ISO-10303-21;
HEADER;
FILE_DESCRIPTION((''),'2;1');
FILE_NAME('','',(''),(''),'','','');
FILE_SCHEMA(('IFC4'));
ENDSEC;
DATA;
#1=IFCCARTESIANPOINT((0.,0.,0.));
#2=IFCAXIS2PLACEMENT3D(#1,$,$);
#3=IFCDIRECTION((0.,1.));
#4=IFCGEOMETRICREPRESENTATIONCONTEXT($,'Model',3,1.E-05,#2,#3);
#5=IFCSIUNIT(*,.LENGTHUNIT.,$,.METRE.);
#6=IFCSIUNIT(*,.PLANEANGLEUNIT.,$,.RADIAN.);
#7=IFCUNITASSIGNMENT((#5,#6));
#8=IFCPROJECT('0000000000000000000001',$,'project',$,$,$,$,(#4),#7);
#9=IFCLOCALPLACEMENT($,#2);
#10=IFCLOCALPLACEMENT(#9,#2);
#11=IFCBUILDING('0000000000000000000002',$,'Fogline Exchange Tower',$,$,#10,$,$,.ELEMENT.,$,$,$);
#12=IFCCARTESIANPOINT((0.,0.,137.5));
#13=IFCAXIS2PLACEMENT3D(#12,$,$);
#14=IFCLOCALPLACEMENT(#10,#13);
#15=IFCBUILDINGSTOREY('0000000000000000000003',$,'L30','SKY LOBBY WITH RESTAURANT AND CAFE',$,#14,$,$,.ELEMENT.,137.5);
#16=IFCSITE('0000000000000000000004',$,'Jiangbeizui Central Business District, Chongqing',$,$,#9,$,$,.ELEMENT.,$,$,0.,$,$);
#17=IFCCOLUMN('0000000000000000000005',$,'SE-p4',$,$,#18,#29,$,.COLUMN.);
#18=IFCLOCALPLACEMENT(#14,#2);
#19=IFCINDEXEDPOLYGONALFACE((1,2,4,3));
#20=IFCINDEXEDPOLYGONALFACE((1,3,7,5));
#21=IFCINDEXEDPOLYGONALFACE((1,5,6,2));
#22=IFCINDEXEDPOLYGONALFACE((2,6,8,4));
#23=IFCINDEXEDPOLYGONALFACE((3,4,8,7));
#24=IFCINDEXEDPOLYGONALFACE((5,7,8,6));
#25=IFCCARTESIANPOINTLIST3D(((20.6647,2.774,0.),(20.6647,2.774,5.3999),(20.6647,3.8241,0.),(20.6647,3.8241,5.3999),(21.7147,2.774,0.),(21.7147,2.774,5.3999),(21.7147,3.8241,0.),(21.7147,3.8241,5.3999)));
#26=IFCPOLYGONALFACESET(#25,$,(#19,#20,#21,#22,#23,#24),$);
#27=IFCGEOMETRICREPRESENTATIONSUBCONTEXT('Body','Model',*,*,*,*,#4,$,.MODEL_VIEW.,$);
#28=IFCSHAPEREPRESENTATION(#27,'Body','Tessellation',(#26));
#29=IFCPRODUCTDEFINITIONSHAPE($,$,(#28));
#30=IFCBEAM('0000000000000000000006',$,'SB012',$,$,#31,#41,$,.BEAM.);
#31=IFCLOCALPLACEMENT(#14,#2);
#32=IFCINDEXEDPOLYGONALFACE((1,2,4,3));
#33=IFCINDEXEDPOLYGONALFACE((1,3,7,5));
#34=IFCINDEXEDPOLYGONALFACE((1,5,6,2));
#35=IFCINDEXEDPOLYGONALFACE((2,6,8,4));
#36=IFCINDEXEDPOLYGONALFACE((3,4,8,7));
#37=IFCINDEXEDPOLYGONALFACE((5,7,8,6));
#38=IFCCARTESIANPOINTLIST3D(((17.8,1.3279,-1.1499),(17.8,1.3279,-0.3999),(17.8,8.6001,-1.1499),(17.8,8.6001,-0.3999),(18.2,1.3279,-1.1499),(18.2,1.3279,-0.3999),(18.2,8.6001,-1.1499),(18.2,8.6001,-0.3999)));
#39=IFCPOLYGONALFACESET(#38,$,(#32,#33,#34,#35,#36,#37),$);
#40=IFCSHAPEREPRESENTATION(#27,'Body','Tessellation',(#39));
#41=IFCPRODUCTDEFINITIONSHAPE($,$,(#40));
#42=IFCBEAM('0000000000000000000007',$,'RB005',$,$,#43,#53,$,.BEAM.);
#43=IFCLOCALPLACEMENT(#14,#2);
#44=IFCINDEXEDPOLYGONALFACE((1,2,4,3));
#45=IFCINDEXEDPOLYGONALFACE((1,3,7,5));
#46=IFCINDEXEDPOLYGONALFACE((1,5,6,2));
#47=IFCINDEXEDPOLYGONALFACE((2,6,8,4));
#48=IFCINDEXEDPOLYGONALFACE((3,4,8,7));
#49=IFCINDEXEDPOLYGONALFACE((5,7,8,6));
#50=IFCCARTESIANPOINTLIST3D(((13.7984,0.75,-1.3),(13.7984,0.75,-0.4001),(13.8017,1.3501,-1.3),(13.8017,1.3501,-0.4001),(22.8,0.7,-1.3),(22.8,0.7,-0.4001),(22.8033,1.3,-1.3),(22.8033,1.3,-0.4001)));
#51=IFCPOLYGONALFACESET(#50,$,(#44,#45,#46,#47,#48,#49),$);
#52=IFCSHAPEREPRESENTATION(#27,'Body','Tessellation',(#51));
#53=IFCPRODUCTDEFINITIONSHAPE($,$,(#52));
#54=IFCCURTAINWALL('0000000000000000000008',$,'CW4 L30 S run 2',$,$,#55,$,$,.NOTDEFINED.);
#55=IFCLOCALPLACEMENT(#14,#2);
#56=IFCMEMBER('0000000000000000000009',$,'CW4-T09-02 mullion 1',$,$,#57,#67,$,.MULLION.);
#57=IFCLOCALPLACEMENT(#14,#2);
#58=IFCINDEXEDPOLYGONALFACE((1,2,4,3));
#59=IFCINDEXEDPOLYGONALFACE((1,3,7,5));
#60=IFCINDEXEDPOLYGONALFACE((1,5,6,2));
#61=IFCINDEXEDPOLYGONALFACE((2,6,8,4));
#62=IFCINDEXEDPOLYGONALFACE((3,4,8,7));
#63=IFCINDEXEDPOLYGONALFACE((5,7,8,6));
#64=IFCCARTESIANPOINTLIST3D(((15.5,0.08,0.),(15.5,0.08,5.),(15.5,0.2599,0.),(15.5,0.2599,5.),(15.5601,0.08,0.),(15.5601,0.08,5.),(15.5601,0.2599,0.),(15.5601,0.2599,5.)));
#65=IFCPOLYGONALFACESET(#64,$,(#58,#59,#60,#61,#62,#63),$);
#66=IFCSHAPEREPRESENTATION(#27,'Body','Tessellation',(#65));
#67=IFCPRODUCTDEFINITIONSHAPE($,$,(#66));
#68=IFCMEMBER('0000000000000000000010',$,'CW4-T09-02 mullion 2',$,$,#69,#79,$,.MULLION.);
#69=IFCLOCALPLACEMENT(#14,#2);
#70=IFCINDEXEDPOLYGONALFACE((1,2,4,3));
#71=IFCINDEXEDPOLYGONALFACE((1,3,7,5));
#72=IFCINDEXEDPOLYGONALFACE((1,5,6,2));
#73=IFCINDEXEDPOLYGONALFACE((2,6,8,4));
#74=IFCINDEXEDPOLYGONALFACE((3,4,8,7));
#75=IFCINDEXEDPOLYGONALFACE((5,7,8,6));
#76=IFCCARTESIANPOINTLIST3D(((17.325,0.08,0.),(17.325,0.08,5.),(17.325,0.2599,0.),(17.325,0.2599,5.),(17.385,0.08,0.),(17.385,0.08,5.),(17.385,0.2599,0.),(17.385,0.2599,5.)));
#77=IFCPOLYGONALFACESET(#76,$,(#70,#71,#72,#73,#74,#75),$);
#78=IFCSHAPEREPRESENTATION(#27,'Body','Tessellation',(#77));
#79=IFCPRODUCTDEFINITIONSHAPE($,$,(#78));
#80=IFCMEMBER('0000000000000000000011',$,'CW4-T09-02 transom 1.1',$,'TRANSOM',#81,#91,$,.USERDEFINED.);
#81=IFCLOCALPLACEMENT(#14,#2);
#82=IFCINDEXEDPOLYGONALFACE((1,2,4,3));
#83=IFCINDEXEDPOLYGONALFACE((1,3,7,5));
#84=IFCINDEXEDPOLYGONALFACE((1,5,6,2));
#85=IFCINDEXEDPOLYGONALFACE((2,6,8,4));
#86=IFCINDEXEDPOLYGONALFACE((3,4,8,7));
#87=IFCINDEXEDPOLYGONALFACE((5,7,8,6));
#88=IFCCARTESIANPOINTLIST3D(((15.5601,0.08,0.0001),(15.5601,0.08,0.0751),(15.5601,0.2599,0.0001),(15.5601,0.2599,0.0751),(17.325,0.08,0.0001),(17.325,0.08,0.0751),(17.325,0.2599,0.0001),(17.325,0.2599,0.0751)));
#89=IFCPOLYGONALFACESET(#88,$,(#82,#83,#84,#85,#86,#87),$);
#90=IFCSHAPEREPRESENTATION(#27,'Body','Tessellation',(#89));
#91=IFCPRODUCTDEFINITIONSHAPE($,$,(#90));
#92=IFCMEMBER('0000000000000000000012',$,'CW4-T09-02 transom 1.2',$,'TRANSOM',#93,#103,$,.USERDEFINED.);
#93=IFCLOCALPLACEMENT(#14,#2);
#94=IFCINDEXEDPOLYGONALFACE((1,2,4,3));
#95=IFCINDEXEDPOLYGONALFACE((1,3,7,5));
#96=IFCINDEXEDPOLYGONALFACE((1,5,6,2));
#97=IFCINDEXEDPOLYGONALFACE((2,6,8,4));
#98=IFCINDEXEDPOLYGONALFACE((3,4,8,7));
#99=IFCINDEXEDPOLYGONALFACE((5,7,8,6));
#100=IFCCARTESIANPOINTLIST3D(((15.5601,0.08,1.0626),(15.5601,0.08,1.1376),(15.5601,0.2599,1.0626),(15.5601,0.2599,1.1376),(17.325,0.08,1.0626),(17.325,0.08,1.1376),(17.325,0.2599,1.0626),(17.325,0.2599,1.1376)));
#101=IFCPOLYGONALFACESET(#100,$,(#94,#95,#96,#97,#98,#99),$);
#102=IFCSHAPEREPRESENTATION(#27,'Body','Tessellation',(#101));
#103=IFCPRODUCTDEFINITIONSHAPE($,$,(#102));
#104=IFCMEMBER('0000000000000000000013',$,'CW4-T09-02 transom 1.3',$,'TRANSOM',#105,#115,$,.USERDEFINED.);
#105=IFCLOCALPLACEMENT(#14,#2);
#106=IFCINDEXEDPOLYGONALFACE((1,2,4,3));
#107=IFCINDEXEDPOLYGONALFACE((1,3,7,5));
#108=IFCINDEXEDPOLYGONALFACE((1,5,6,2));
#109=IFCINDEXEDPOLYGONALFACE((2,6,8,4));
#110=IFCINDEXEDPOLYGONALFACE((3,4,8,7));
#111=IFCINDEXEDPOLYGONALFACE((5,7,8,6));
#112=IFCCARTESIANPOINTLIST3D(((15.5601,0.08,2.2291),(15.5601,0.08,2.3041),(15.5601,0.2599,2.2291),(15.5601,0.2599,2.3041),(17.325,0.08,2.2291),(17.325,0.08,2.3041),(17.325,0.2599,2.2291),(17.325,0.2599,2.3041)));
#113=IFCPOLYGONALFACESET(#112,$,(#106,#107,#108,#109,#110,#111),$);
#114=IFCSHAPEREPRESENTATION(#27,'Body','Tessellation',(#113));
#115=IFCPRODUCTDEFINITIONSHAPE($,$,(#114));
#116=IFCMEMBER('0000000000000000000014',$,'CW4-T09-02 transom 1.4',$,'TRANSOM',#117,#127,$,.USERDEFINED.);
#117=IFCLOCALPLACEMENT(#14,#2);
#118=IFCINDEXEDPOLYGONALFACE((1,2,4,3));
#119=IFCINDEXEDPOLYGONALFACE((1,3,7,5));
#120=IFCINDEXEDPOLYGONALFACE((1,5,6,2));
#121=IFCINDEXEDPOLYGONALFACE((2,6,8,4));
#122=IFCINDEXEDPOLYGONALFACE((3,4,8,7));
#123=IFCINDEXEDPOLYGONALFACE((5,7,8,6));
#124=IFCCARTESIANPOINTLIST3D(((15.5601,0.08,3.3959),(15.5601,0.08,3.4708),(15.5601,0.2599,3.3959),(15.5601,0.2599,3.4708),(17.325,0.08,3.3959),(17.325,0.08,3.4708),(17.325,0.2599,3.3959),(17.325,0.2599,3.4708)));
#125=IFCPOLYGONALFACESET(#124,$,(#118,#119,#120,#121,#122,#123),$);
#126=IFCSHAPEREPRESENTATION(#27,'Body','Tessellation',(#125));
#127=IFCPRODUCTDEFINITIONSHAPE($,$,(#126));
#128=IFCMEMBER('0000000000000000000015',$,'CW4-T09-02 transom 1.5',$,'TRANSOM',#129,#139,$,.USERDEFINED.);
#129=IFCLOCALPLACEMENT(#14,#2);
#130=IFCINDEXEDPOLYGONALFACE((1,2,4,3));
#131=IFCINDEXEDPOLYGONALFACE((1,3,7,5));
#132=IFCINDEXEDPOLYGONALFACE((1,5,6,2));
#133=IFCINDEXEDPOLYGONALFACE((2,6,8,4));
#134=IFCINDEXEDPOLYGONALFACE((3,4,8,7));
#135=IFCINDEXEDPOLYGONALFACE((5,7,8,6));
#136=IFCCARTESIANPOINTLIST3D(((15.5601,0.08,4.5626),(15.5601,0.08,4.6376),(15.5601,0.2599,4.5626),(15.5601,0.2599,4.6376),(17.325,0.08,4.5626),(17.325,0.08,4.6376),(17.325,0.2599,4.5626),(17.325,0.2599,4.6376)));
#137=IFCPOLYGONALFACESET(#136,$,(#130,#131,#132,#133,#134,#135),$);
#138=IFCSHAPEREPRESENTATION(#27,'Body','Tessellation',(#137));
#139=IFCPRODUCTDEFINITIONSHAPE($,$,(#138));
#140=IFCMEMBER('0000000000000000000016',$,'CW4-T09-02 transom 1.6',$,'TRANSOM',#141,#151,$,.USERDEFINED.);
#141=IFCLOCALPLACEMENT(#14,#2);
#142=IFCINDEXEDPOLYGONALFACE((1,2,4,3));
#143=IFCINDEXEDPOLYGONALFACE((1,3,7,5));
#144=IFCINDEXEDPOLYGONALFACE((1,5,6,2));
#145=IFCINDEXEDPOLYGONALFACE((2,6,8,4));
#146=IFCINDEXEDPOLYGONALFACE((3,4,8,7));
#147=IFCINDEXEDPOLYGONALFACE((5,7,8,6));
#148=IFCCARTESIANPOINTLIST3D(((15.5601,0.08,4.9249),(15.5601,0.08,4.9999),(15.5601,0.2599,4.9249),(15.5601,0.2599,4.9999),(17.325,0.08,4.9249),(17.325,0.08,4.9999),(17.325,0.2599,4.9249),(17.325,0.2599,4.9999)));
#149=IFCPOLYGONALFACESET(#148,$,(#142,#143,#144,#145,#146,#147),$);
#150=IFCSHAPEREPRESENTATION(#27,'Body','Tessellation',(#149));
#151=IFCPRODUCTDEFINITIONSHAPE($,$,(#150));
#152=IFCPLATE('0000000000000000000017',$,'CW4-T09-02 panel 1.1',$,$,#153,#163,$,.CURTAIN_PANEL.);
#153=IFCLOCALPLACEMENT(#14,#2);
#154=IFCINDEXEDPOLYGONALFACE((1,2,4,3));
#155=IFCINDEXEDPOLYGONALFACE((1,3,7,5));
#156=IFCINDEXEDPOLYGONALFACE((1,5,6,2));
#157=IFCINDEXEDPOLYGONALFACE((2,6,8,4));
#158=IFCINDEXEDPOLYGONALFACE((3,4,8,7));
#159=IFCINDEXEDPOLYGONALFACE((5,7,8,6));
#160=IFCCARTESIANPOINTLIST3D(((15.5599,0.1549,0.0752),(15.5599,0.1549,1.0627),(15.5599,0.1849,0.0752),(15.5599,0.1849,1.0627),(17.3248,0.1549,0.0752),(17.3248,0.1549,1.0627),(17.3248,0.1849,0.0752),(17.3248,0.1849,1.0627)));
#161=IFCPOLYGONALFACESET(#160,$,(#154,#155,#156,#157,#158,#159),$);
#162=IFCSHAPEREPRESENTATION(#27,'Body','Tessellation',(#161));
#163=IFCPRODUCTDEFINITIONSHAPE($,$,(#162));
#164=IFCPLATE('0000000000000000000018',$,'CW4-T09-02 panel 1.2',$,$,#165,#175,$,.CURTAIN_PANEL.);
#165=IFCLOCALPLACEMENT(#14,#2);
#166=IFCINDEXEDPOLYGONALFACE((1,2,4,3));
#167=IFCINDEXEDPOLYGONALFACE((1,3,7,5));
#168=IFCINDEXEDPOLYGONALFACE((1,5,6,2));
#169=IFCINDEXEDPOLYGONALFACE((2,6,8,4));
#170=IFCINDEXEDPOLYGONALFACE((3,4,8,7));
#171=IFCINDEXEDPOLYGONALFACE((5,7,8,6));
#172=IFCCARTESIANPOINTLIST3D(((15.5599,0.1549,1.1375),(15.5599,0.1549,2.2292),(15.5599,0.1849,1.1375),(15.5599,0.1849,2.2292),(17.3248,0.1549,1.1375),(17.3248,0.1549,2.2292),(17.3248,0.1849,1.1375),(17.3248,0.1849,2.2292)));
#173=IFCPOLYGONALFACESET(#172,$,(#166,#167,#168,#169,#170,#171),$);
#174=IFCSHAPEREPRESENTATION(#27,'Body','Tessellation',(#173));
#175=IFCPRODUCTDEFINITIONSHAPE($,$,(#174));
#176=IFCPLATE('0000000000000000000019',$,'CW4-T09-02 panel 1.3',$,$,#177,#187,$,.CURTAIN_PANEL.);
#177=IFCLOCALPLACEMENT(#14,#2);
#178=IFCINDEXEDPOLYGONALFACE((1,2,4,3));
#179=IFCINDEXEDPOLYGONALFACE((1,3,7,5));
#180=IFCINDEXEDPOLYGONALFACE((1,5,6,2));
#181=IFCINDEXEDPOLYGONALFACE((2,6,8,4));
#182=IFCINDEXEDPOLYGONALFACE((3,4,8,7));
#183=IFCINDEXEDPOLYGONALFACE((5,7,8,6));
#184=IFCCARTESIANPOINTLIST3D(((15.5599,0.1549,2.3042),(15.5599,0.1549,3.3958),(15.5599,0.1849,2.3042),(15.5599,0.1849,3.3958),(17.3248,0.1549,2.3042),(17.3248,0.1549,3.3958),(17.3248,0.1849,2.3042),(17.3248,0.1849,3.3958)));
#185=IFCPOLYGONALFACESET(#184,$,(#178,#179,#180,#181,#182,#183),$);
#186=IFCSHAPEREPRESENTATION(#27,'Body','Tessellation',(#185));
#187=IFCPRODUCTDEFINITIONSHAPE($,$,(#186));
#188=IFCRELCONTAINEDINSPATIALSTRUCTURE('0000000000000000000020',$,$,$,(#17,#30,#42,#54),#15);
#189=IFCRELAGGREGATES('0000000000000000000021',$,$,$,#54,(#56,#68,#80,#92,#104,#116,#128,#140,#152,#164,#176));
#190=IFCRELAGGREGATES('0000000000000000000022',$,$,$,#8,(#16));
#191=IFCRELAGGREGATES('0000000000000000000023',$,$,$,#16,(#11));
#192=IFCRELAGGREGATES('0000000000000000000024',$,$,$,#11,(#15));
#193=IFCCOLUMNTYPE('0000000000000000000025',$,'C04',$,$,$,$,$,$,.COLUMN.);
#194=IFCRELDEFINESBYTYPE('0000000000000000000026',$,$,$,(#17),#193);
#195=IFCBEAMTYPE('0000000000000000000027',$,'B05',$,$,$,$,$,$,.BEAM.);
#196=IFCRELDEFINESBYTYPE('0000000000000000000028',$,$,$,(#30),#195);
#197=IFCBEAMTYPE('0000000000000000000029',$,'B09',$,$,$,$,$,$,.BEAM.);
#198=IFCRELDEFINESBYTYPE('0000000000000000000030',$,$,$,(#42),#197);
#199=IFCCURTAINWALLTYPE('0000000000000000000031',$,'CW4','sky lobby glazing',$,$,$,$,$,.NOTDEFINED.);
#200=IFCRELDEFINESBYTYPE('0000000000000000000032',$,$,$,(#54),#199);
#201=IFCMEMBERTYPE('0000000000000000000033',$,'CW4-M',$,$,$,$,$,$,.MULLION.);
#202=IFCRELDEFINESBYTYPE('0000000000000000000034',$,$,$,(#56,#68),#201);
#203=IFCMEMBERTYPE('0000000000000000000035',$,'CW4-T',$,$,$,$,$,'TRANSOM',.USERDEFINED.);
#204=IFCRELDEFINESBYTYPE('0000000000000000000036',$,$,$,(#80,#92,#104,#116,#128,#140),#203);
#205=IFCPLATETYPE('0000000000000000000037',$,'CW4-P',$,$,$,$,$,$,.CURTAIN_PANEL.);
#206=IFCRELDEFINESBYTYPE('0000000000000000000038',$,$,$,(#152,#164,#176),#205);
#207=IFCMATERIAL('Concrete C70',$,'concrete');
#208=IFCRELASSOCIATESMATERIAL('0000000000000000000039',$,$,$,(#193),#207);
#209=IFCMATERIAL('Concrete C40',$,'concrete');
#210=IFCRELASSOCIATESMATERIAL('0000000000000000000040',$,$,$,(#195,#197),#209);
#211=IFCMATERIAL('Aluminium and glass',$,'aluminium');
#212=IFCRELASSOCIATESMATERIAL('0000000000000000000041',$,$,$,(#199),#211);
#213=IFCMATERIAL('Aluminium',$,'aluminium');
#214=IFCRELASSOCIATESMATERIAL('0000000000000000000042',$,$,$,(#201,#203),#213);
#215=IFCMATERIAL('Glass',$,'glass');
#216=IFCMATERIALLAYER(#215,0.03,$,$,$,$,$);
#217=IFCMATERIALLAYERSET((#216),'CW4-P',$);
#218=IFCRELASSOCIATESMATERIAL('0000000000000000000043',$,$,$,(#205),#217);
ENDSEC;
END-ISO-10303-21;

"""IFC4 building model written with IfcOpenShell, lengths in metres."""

from ifc_helpers import new_model, si_unit, direction, frame, origin, origin_2d, place, context, subcontext, project, spatial, rectangle, extrude, material, layer, layer_set, material_profile, profile_set, type_object, element, aggregate, save


model = new_model("IFC4")

# Units and contexts
model_context = context("Model", 3, precision=1e-05, world=origin(), true_north=direction((0.0, 1.0)))
body_context = subcontext(model_context, "Body", "Model", "MODEL_VIEW")
ifc_project = project(units=[si_unit("LENGTHUNIT", "METRE"), si_unit("PLANEANGLEUNIT", "RADIAN")], contexts=[model_context])

# Site, building, storey
site_placement = place(None, origin())
site = spatial("IfcSite", under=ifc_project, at=site_placement, Name="Jiangbeizui Central Business District, Chongqing", CompositionType="ELEMENT", RefElevation=0.0)
building_placement = place(site_placement, origin())
building = spatial("IfcBuilding", under=site, at=building_placement, Name="Fogline Exchange Tower", CompositionType="ELEMENT")
storey_placement = place(building_placement, frame((0.0, 0.0, 137.5)))
storey = spatial("IfcBuildingStorey", under=building, at=storey_placement, Name="L30", Description="SKY LOBBY WITH RESTAURANT AND CAFE", CompositionType="ELEMENT", Elevation=137.5)

# Column
ifc_material_1 = material(Name="Concrete C70", Category="concrete")
ifc_material_profile_1 = material_profile(ifc_material_1, rectangle(XDim=1.05, YDim=1.05, at=origin_2d()), Name="RC 1050x1050")
ifc_profile_set_1 = profile_set([ifc_material_profile_1], Name="Concrete C70")
column_type = type_object("IfcColumnType", Name="C04", PredefinedType="COLUMN", material=ifc_profile_set_1)
column_placement = place(storey_placement, frame((21.1897, 3.2991, 0.0), z_axis=(0.0, 0.0, 1.0), x_axis=(1.0, 0.0, 0.0)))
element("IfcColumn", 1, at=column_placement, inside=storey, type_object=column_type, Name="SE-p4", PredefinedType="COLUMN", context=body_context, shape_type="SweptSolid", body=[
    extrude(rectangle(XDim=1.05, YDim=1.05, at=origin_2d()), origin(), (0.0, 0.0, 1.0), 5.3999),
])

# Beams
ifc_material_2 = material(Name="Concrete C40", Category="concrete")
ifc_material_profile_2 = material_profile(ifc_material_2, rectangle(XDim=0.3999, YDim=0.75, at=origin_2d()), Name="RC 400x750")
ifc_profile_set_2 = profile_set([ifc_material_profile_2], Name="Concrete C40")
beam_type_1 = type_object("IfcBeamType", Name="B05", PredefinedType="BEAM", material=ifc_profile_set_2)
beam_1_placement = place(storey_placement, frame((18.0, 1.3279, -0.7749), z_axis=(0.0, 1.0, 0.0), x_axis=(-1.0, 0.0, 0.0)))
element("IfcBeam", 2, at=beam_1_placement, inside=storey, type_object=beam_type_1, Name="SB012", PredefinedType="BEAM", context=body_context, shape_type="SweptSolid", body=[
    extrude(rectangle(XDim=0.3999, YDim=0.75, at=origin_2d()), origin(), (0.0, 0.0, 1.0), 7.2722),
])
ifc_material_profile_3 = material_profile(ifc_material_2, rectangle(XDim=0.6001, YDim=0.8999, at=origin_2d()), Name="RC 600x900")
ifc_profile_set_3 = profile_set([ifc_material_profile_3], Name="Concrete C40")
beam_type_2 = type_object("IfcBeamType", Name="B09", PredefinedType="BEAM", material=ifc_profile_set_3)
beam_2_placement = place(storey_placement, frame((13.8, 1.05, -0.8501), z_axis=(0.999985, -0.00556, 0.0), x_axis=(0.00556, 0.999985, 0.0)))
element("IfcBeam", 3, at=beam_2_placement, inside=storey, type_object=beam_type_2, Name="RB005", PredefinedType="BEAM", context=body_context, shape_type="SweptSolid", body=[
    extrude(rectangle(XDim=0.6001, YDim=0.8999, at=origin_2d()), origin(), (0.0, 0.0, 1.0), 9.0017),
])

# Curtain wall, members, plates
ifc_material_3 = material(Name="Aluminium and glass", Category="aluminium")
curtain_wall_type = type_object("IfcCurtainWallType", Name="CW4", Description="sky lobby glazing", PredefinedType="NOTDEFINED", material=ifc_material_3)
curtain_wall_placement = place(storey_placement, origin())
curtain_wall = element("IfcCurtainWall", 4, at=curtain_wall_placement, inside=storey, type_object=curtain_wall_type, Name="CW4 L30 S run 2", PredefinedType="NOTDEFINED")
ifc_material_4 = material(Name="Aluminium", Category="aluminium")
ifc_material_profile_4 = material_profile(ifc_material_4, rectangle(XDim=0.1799, YDim=0.0601, at=origin_2d()), Name="Mullion 60x180")
ifc_profile_set_4 = profile_set([ifc_material_profile_4], Name="Aluminium")
member_type_1 = type_object("IfcMemberType", Name="CW4-M", PredefinedType="MULLION", material=ifc_profile_set_4)
member_1_placement = place(storey_placement, frame((15.53, 0.1699, 0.0), z_axis=(0.0, 0.0, 1.0), x_axis=(0.0, 1.0, 0.0)))
member_1 = element("IfcMember", 5, at=member_1_placement, type_object=member_type_1, Name="CW4-T09-02 mullion 1", PredefinedType="MULLION", context=body_context, shape_type="SweptSolid", body=[
    extrude(rectangle(XDim=0.1799, YDim=0.0601, at=origin_2d()), origin(), (0.0, 0.0, 1.0), 5.0),
])
member_2_placement = place(storey_placement, frame((17.355, 0.1699, 0.0), z_axis=(0.0, 0.0, 1.0), x_axis=(0.0, 1.0, 0.0)))
member_2 = element("IfcMember", 6, at=member_2_placement, type_object=member_type_1, Name="CW4-T09-02 mullion 2", PredefinedType="MULLION", context=body_context, shape_type="SweptSolid", body=[
    extrude(rectangle(XDim=0.1799, YDim=0.0601, at=origin_2d()), origin(), (0.0, 0.0, 1.0), 5.0),
])
ifc_material_profile_5 = material_profile(ifc_material_4, rectangle(XDim=0.1799, YDim=0.075, at=origin_2d()), Name="Transom 75x180")
ifc_profile_set_5 = profile_set([ifc_material_profile_5], Name="Aluminium")
member_type_2 = type_object("IfcMemberType", Name="CW4-T", ElementType="TRANSOM", PredefinedType="USERDEFINED", material=ifc_profile_set_5)
member_3_placement = place(storey_placement, frame((15.5601, 0.1699, 0.0376), z_axis=(1.0, 0.0, 0.0), x_axis=(0.0, 1.0, 0.0)))
member_3 = element("IfcMember", 7, at=member_3_placement, type_object=member_type_2, Name="CW4-T09-02 transom 1.1", ObjectType="TRANSOM", PredefinedType="USERDEFINED", context=body_context, shape_type="SweptSolid", body=[
    extrude(rectangle(XDim=0.1799, YDim=0.075, at=origin_2d()), origin(), (0.0, 0.0, 1.0), 1.7649),
])
member_4_placement = place(storey_placement, frame((15.5601, 0.1699, 1.1001), z_axis=(1.0, 0.0, 0.0), x_axis=(0.0, 1.0, 0.0)))
member_4 = element("IfcMember", 8, at=member_4_placement, type_object=member_type_2, Name="CW4-T09-02 transom 1.2", ObjectType="TRANSOM", PredefinedType="USERDEFINED", context=body_context, shape_type="SweptSolid", body=[
    extrude(rectangle(XDim=0.1799, YDim=0.075, at=origin_2d()), origin(), (0.0, 0.0, 1.0), 1.7649),
])
member_5_placement = place(storey_placement, frame((15.5601, 0.1699, 2.2666), z_axis=(1.0, 0.0, 0.0), x_axis=(0.0, 1.0, 0.0)))
member_5 = element("IfcMember", 9, at=member_5_placement, type_object=member_type_2, Name="CW4-T09-02 transom 1.3", ObjectType="TRANSOM", PredefinedType="USERDEFINED", context=body_context, shape_type="SweptSolid", body=[
    extrude(rectangle(XDim=0.1799, YDim=0.075, at=origin_2d()), origin(), (0.0, 0.0, 1.0), 1.7649),
])
member_6_placement = place(storey_placement, frame((15.5601, 0.1699, 3.4333), z_axis=(1.0, 0.0, 0.0), x_axis=(0.0, 1.0, 0.0)))
member_6 = element("IfcMember", 10, at=member_6_placement, type_object=member_type_2, Name="CW4-T09-02 transom 1.4", ObjectType="TRANSOM", PredefinedType="USERDEFINED", context=body_context, shape_type="SweptSolid", body=[
    extrude(rectangle(XDim=0.1799, YDim=0.075, at=origin_2d()), origin(), (0.0, 0.0, 1.0), 1.7649),
])
member_7_placement = place(storey_placement, frame((15.5601, 0.1699, 4.6001), z_axis=(1.0, 0.0, 0.0), x_axis=(0.0, 1.0, 0.0)))
member_7 = element("IfcMember", 11, at=member_7_placement, type_object=member_type_2, Name="CW4-T09-02 transom 1.5", ObjectType="TRANSOM", PredefinedType="USERDEFINED", context=body_context, shape_type="SweptSolid", body=[
    extrude(rectangle(XDim=0.1799, YDim=0.075, at=origin_2d()), origin(), (0.0, 0.0, 1.0), 1.7649),
])
member_8_placement = place(storey_placement, frame((15.5601, 0.1699, 4.9624), z_axis=(1.0, 0.0, 0.0), x_axis=(0.0, 1.0, 0.0)))
member_8 = element("IfcMember", 12, at=member_8_placement, type_object=member_type_2, Name="CW4-T09-02 transom 1.6", ObjectType="TRANSOM", PredefinedType="USERDEFINED", context=body_context, shape_type="SweptSolid", body=[
    extrude(rectangle(XDim=0.1799, YDim=0.075, at=origin_2d()), origin(), (0.0, 0.0, 1.0), 1.7649),
])
ifc_material_5 = material(Name="Glass", Category="glass")
ifc_layer_1 = layer(ifc_material_5, 0.03)
ifc_layer_set_1 = layer_set([ifc_layer_1], Name="CW4-P")
plate_type = type_object("IfcPlateType", Name="CW4-P", PredefinedType="CURTAIN_PANEL", material=ifc_layer_set_1)
plate_1_placement = place(storey_placement, frame((16.4424, 0.1699, 0.0752), z_axis=(0.0, 0.0, 1.0), x_axis=(1.0, 0.0, 0.0)))
plate_1 = element("IfcPlate", 13, at=plate_1_placement, type_object=plate_type, Name="CW4-T09-02 panel 1.1", PredefinedType="CURTAIN_PANEL", context=body_context, shape_type="SweptSolid", body=[
    extrude(rectangle(XDim=1.7649, YDim=0.03, at=origin_2d()), origin(), (0.0, 0.0, 1.0), 0.9875),
])
plate_2_placement = place(storey_placement, frame((16.4424, 0.1699, 1.1375), z_axis=(0.0, 0.0, 1.0), x_axis=(1.0, 0.0, 0.0)))
plate_2 = element("IfcPlate", 14, at=plate_2_placement, type_object=plate_type, Name="CW4-T09-02 panel 1.2", PredefinedType="CURTAIN_PANEL", context=body_context, shape_type="SweptSolid", body=[
    extrude(rectangle(XDim=1.7649, YDim=0.03, at=origin_2d()), origin(), (0.0, 0.0, 1.0), 1.0918),
])
plate_3_placement = place(storey_placement, frame((16.4424, 0.1699, 2.3042), z_axis=(0.0, 0.0, 1.0), x_axis=(1.0, 0.0, 0.0)))
plate_3 = element("IfcPlate", 15, at=plate_3_placement, type_object=plate_type, Name="CW4-T09-02 panel 1.3", PredefinedType="CURTAIN_PANEL", context=body_context, shape_type="SweptSolid", body=[
    extrude(rectangle(XDim=1.7649, YDim=0.03, at=origin_2d()), origin(), (0.0, 0.0, 1.0), 1.0916),
])
aggregate(curtain_wall, [member_1, member_2, member_3, member_4, member_5, member_6, member_7, member_8, plate_1, plate_2, plate_3])

save(model, "model.ifc")
